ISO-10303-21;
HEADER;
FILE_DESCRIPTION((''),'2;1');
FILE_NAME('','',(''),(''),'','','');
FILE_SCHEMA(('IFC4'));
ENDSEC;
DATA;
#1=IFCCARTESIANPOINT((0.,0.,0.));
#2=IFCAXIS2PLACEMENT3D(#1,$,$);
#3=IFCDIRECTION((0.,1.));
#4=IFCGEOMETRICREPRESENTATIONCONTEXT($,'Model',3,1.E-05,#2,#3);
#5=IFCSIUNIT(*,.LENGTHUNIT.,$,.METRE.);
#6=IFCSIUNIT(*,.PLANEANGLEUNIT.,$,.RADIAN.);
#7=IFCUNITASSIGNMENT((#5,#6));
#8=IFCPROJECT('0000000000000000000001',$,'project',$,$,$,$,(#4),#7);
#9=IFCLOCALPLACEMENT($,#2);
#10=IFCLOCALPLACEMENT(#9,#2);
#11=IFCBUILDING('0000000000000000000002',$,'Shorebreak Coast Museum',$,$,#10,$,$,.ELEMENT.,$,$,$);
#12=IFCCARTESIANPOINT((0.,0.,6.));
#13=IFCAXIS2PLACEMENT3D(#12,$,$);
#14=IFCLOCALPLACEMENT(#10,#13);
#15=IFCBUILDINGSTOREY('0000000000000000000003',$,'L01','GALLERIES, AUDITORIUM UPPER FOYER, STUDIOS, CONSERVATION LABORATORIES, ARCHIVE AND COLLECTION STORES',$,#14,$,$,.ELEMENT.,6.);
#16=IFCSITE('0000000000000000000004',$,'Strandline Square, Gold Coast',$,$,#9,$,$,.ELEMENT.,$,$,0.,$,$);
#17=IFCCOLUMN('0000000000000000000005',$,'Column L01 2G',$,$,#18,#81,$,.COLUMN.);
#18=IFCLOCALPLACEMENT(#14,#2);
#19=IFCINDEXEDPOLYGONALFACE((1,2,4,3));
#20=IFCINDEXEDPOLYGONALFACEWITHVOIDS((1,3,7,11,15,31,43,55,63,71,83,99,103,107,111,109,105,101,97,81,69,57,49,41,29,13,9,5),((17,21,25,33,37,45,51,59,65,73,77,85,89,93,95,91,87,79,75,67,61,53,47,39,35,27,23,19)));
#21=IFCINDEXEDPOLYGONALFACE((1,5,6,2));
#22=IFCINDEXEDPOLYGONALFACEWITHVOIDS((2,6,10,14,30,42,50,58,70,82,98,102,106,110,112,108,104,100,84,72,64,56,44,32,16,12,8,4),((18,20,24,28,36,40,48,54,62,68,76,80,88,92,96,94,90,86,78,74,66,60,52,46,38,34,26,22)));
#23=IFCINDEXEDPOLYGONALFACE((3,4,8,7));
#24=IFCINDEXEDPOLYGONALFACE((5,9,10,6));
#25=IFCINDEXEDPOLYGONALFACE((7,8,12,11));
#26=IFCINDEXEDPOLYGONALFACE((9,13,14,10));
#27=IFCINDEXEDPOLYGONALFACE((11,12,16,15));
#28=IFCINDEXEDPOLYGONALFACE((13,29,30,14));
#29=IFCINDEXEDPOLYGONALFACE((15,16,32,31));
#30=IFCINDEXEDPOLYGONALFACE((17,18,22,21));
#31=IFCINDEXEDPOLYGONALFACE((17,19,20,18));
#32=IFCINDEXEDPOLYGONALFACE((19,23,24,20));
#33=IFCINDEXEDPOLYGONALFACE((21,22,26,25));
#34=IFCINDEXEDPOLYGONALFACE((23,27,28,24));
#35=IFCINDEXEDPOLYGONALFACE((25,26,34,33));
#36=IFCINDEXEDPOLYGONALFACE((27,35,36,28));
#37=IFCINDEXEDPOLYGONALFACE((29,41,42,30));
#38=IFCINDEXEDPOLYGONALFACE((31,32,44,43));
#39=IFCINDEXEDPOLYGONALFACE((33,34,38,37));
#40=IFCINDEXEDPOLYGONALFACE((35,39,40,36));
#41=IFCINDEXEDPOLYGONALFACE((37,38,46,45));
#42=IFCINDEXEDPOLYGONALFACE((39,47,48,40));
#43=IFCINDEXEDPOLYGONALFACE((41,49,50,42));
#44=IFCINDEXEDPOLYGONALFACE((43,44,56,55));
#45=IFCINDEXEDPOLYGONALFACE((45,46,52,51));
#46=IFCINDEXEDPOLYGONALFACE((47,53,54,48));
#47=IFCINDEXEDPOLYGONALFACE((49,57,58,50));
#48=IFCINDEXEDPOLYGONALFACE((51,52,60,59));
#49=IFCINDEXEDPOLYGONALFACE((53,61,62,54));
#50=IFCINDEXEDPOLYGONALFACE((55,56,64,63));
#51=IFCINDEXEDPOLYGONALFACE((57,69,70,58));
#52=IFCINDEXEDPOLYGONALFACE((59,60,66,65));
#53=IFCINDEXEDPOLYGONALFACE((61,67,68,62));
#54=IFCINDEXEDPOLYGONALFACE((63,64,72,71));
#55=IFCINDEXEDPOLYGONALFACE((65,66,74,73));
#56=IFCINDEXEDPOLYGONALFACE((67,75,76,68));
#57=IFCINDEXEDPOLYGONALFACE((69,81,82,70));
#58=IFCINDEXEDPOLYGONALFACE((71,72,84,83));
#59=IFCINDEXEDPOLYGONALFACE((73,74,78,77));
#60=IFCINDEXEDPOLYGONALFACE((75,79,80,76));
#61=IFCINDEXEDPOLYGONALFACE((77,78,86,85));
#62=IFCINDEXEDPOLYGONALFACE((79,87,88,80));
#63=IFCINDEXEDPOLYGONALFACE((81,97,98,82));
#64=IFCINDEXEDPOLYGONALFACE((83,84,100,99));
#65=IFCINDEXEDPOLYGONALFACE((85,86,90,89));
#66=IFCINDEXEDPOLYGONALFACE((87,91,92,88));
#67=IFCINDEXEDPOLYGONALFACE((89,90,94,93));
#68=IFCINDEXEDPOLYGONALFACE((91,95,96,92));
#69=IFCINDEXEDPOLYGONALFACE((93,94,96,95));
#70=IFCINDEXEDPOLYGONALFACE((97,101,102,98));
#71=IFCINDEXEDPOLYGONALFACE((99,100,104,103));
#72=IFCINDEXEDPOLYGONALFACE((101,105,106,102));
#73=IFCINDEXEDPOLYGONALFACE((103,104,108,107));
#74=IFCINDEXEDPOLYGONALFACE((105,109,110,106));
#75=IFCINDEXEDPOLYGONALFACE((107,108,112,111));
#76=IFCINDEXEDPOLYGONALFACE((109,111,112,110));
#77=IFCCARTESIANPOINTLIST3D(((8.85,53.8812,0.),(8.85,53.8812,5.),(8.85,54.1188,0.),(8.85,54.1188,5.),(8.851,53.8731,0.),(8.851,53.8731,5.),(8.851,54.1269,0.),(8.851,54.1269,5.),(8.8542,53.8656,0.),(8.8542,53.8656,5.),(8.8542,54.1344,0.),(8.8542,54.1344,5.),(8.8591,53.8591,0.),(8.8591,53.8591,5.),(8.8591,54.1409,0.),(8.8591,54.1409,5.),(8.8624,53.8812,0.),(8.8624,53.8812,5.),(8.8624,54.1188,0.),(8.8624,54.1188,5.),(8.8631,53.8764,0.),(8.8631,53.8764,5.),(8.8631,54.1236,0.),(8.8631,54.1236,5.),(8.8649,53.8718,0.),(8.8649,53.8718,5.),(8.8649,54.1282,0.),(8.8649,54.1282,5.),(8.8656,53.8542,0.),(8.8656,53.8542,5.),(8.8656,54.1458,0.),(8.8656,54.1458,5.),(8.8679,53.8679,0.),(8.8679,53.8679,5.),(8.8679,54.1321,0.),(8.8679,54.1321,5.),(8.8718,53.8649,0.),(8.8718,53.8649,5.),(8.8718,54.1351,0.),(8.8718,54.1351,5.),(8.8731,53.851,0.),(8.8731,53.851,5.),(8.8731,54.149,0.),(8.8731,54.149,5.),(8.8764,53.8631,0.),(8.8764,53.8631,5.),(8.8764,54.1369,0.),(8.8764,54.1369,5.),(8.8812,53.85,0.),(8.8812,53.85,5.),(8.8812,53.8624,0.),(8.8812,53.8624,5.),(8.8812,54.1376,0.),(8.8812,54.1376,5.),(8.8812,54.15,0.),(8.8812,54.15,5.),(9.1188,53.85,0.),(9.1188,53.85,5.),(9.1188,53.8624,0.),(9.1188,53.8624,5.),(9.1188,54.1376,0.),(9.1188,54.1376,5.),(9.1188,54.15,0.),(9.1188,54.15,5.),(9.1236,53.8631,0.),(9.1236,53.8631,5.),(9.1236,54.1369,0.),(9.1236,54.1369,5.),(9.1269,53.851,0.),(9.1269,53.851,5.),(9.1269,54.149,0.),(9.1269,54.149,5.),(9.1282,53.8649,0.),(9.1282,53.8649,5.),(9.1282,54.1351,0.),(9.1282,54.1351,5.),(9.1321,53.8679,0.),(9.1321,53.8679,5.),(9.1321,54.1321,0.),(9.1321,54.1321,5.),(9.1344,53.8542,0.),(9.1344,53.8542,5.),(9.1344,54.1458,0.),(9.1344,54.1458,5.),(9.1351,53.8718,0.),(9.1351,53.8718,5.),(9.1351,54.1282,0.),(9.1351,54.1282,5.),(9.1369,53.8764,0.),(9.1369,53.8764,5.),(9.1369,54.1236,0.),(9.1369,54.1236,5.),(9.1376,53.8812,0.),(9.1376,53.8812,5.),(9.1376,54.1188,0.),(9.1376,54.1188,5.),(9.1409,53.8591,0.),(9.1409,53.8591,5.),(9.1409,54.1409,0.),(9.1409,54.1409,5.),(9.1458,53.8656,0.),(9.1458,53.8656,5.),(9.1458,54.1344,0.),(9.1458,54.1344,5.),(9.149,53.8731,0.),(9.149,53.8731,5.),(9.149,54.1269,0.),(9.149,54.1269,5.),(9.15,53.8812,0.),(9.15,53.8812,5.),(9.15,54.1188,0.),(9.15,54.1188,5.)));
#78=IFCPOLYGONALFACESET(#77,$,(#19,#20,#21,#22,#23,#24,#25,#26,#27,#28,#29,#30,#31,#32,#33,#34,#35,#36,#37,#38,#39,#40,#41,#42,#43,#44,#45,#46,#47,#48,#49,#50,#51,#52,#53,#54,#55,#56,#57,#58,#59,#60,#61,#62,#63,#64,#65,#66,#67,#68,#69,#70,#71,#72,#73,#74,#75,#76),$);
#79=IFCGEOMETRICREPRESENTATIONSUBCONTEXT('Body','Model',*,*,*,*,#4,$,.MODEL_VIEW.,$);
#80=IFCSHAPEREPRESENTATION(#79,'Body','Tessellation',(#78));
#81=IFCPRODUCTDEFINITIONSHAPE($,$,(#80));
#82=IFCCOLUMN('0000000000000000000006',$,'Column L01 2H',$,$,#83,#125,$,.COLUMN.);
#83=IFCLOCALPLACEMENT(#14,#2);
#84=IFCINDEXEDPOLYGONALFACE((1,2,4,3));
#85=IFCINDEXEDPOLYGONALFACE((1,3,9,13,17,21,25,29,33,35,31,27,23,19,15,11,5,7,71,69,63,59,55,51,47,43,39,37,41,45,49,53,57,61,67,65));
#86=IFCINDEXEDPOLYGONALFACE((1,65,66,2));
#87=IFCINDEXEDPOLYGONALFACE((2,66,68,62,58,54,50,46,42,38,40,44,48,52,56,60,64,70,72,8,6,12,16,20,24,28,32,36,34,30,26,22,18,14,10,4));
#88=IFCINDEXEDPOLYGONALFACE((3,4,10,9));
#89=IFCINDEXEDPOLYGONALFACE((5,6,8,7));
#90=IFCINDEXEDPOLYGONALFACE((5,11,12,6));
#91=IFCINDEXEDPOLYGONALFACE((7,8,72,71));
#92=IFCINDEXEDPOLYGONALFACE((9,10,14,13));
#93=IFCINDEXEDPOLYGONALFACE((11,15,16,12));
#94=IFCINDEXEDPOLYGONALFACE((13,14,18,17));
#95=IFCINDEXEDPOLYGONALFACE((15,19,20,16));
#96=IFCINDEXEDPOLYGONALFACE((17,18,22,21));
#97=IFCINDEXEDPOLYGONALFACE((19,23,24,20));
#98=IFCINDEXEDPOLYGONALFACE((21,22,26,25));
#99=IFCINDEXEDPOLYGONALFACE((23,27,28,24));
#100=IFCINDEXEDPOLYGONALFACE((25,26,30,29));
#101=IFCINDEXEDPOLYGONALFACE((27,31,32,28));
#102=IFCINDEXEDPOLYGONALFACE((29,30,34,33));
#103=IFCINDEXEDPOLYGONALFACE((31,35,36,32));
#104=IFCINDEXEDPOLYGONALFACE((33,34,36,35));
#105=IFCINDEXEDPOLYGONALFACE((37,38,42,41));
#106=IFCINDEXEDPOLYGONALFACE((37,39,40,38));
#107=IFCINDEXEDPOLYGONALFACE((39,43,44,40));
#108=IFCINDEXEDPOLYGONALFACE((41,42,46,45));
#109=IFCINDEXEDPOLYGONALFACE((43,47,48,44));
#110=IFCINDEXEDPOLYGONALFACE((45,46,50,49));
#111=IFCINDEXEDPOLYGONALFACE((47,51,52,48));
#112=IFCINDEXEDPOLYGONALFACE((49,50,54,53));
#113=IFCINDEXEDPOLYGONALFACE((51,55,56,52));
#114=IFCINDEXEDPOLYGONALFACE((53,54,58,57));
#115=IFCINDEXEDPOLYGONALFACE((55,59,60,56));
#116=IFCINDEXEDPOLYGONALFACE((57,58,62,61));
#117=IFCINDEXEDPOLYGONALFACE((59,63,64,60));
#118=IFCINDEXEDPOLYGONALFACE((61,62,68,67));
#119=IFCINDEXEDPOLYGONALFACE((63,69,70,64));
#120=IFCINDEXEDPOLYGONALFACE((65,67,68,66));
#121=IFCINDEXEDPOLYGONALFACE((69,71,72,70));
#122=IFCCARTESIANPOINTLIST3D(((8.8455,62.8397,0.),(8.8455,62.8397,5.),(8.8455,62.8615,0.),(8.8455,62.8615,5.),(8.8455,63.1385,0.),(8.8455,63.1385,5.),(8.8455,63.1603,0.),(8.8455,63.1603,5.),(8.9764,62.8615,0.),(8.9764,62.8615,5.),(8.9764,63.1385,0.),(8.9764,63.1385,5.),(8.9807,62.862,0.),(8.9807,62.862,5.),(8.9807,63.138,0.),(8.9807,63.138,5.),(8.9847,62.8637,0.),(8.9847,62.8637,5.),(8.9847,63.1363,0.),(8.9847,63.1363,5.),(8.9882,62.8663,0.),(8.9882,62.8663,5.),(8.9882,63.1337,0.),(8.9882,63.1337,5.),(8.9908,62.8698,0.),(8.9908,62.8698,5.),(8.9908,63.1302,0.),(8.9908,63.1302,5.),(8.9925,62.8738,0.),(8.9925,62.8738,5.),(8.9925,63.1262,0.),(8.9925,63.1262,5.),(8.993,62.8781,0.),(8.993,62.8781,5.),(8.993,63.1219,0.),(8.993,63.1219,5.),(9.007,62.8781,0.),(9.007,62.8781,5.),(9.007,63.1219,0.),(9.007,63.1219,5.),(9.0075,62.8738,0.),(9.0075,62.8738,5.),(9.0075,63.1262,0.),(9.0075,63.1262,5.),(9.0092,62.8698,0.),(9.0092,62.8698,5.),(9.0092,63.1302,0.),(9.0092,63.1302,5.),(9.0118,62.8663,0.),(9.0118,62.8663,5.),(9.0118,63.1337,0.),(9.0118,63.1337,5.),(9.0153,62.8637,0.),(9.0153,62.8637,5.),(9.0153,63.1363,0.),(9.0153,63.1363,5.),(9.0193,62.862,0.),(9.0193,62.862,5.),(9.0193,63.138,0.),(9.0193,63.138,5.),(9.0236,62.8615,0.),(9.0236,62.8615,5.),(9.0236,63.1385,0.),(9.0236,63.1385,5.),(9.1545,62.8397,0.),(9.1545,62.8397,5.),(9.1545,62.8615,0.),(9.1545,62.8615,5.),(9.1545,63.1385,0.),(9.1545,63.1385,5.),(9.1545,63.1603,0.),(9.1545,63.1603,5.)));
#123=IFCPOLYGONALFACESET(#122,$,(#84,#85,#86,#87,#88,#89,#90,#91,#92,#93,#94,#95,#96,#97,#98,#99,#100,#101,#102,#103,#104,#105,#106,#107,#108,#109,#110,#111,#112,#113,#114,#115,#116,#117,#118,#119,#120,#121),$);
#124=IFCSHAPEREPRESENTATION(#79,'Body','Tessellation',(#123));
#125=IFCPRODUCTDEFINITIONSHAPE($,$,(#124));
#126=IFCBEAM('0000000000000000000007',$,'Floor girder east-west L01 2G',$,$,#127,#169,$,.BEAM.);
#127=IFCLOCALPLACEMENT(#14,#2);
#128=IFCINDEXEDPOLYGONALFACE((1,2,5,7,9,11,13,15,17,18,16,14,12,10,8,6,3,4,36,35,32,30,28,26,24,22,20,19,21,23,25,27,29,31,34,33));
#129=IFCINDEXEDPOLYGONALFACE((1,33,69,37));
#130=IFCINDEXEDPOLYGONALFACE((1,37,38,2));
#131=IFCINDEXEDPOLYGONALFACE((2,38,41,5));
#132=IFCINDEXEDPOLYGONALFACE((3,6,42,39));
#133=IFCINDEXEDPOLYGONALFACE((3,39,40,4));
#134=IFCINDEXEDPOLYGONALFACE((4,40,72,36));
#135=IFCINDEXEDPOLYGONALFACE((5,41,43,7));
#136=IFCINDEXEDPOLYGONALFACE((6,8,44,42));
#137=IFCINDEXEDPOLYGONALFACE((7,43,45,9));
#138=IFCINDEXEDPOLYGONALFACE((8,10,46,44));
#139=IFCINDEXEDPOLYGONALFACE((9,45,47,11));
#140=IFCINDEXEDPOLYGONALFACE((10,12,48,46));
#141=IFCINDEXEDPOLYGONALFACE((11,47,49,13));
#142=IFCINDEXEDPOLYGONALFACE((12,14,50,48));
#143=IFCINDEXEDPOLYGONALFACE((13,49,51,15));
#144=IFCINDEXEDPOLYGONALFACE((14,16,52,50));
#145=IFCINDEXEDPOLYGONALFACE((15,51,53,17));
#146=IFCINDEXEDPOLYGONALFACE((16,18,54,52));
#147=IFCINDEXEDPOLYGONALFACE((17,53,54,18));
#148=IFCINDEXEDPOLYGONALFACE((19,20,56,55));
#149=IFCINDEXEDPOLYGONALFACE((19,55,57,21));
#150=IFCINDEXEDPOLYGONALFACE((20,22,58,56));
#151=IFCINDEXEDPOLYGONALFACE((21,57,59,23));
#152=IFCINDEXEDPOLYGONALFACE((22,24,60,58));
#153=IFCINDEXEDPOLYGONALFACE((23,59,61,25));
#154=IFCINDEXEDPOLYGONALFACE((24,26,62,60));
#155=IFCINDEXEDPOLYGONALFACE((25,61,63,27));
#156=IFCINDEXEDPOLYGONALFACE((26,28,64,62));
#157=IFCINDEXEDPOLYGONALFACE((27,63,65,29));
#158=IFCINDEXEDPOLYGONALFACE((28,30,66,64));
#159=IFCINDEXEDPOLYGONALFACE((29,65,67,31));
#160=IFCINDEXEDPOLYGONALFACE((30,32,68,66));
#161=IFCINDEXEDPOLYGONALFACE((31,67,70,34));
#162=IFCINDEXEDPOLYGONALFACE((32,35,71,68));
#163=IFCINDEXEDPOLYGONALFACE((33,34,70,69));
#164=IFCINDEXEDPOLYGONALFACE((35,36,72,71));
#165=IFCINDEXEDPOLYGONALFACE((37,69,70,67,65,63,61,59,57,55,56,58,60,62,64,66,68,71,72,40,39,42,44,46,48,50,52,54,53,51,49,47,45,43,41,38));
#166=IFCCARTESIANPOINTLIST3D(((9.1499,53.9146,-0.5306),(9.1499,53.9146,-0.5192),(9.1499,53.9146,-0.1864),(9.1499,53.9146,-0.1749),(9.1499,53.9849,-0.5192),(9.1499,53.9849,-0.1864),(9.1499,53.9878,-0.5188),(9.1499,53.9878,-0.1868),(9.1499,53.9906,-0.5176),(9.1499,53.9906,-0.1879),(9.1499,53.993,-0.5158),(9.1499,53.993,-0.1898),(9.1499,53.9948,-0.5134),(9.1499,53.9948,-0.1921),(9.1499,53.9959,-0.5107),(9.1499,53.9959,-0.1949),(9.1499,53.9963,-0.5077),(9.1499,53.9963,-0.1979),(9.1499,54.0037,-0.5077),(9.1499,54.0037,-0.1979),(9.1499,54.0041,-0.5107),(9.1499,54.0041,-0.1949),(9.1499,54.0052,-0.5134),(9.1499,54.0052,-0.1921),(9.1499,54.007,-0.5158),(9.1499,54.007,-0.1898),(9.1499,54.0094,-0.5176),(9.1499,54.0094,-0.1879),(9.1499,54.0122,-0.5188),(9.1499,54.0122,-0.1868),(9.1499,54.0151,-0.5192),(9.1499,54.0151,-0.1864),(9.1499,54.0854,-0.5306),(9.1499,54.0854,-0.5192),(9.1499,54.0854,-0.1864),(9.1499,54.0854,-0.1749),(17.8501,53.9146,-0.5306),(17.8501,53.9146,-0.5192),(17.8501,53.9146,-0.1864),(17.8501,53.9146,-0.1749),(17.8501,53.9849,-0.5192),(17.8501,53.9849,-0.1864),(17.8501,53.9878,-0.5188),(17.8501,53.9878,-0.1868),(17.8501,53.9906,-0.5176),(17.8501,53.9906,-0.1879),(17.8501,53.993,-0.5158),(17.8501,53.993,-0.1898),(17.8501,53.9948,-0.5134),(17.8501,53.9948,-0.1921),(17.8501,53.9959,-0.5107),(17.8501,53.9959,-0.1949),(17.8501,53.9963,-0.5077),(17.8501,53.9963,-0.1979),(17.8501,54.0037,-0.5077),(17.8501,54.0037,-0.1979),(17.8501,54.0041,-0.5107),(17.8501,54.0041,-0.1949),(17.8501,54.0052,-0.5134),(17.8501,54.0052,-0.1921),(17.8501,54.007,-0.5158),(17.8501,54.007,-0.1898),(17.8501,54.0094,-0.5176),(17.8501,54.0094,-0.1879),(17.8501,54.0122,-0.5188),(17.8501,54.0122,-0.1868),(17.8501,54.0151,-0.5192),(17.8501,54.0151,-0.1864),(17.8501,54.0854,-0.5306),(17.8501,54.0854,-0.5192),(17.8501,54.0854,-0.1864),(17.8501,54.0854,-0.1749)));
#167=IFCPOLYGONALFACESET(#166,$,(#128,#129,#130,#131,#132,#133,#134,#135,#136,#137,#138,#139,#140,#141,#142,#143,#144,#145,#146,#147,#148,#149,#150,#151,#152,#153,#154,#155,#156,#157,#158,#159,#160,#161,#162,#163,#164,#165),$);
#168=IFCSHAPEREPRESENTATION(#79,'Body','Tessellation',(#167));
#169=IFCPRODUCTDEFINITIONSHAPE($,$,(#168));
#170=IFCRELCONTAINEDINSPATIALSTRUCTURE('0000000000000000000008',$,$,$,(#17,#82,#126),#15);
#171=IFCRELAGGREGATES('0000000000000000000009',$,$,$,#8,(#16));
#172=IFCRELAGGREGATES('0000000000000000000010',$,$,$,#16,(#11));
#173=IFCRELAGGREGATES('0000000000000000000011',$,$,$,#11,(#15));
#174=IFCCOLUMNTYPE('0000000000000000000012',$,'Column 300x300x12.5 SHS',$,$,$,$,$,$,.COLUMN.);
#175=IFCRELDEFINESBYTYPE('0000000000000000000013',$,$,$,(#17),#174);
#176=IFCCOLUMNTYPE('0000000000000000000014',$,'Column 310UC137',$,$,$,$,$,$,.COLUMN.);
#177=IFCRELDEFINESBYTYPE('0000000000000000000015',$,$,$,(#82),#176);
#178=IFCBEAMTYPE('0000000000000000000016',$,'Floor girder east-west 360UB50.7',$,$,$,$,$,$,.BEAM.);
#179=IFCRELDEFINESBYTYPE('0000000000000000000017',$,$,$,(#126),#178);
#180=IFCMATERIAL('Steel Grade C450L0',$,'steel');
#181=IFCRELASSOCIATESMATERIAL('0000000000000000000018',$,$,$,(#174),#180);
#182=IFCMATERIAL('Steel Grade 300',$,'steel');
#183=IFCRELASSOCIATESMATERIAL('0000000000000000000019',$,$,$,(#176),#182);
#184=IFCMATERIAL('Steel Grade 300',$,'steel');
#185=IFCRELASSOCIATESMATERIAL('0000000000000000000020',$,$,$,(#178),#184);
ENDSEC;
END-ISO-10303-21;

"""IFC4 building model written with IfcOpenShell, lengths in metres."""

from ifc_helpers import new_model, si_unit, direction, frame, origin, origin_2d, place, context, subcontext, project, spatial, hollow_rectangle, i_section, extrude, material, material_profile, profile_set, type_object, element, save


model = new_model("IFC4")

# Units and contexts
model_context = context("Model", 3, precision=1e-05, world=origin(), true_north=direction((0.0, 1.0)))
body_context = subcontext(model_context, "Body", "Model", "MODEL_VIEW")
ifc_project = project(units=[si_unit("LENGTHUNIT", "METRE"), si_unit("PLANEANGLEUNIT", "RADIAN")], contexts=[model_context])

# Site, building, storey
site_placement = place(None, origin())
site = spatial("IfcSite", under=ifc_project, at=site_placement, Name="Strandline Square, Gold Coast", CompositionType="ELEMENT", RefElevation=0.0)
building_placement = place(site_placement, origin())
building = spatial("IfcBuilding", under=site, at=building_placement, Name="Shorebreak Coast Museum", CompositionType="ELEMENT")
storey_placement = place(building_placement, frame((0.0, 0.0, 6.0)))
storey = spatial("IfcBuildingStorey", under=building, at=storey_placement, Name="L01", Description="GALLERIES, AUDITORIUM UPPER FOYER, STUDIOS, CONSERVATION LABORATORIES, ARCHIVE AND COLLECTION STORES", CompositionType="ELEMENT", Elevation=6.0)

# Columns
ifc_material_1 = material(Name="Steel Grade C450L0", Category="steel")
ifc_material_profile_1 = material_profile(ifc_material_1, hollow_rectangle(XDim=0.3, YDim=0.3, WallThickness=0.0125, InnerFilletRadius=0.0188, OuterFilletRadius=0.0312, at=origin_2d()), Name="300x300x12.5 SHS")
ifc_profile_set_1 = profile_set([ifc_material_profile_1], Name="Steel Grade C450L0")
column_type_1 = type_object("IfcColumnType", Name="Column 300x300x12.5 SHS", PredefinedType="COLUMN", material=ifc_profile_set_1)
column_1_placement = place(storey_placement, frame((9.0, 54.0, 0.0), z_axis=(0.0, 0.0, 1.0), x_axis=(1.0, 0.0, 0.0)))
element("IfcColumn", 1, at=column_1_placement, inside=storey, type_object=column_type_1, Name="Column L01 2G", PredefinedType="COLUMN", context=body_context, shape_type="SweptSolid", body=[
    extrude(hollow_rectangle(XDim=0.3, YDim=0.3, WallThickness=0.0125, InnerFilletRadius=0.0188, OuterFilletRadius=0.0312, at=origin_2d()), origin(), (0.0, 0.0, 1.0), 5.0),
])
ifc_material_2 = material(Name="Steel Grade 300", Category="steel")
ifc_material_profile_2 = material_profile(ifc_material_2, i_section(OverallWidth=0.3091, OverallDepth=0.3206, WebThickness=0.0139, FlangeThickness=0.0217, FilletRadius=0.0166, at=origin_2d()), Name="310UC137")
ifc_profile_set_2 = profile_set([ifc_material_profile_2], Name="Steel Grade 300")
column_type_2 = type_object("IfcColumnType", Name="Column 310UC137", PredefinedType="COLUMN", material=ifc_profile_set_2)
column_2_placement = place(storey_placement, frame((9.0, 63.0, 0.0), z_axis=(0.0, 0.0, 1.0), x_axis=(1.0, 0.0, 0.0)))
element("IfcColumn", 2, at=column_2_placement, inside=storey, type_object=column_type_2, Name="Column L01 2H", PredefinedType="COLUMN", context=body_context, shape_type="SweptSolid", body=[
    extrude(i_section(OverallWidth=0.3091, OverallDepth=0.3206, WebThickness=0.0139, FlangeThickness=0.0217, FilletRadius=0.0166, at=origin_2d()), origin(), (0.0, 0.0, 1.0), 5.0),
])

# Beam
ifc_material_3 = material(Name="Steel Grade 300", Category="steel")
ifc_material_profile_3 = material_profile(ifc_material_3, i_section(OverallWidth=0.1709, OverallDepth=0.3557, WebThickness=0.0073, FlangeThickness=0.0115, FilletRadius=0.0115, at=origin_2d()), Name="360UB50.7")
ifc_profile_set_3 = profile_set([ifc_material_profile_3], Name="Steel Grade 300")
beam_type_1 = type_object("IfcBeamType", Name="Floor girder east-west 360UB50.7", PredefinedType="BEAM", material=ifc_profile_set_3)
beam_1_placement = place(storey_placement, frame((9.1499, 54.0, -0.3528), z_axis=(1.0, 0.0, 0.0), x_axis=(0.0, 1.0, 0.0)))
element("IfcBeam", 3, at=beam_1_placement, inside=storey, type_object=beam_type_1, Name="Floor girder east-west L01 2G", PredefinedType="BEAM", context=body_context, shape_type="SweptSolid", body=[
    extrude(i_section(OverallWidth=0.1709, OverallDepth=0.3557, WebThickness=0.0073, FlangeThickness=0.0115, FilletRadius=0.0115, at=origin_2d()), origin(), (0.0, 0.0, 1.0), 8.7002),
])

save(model, "model.ifc")
